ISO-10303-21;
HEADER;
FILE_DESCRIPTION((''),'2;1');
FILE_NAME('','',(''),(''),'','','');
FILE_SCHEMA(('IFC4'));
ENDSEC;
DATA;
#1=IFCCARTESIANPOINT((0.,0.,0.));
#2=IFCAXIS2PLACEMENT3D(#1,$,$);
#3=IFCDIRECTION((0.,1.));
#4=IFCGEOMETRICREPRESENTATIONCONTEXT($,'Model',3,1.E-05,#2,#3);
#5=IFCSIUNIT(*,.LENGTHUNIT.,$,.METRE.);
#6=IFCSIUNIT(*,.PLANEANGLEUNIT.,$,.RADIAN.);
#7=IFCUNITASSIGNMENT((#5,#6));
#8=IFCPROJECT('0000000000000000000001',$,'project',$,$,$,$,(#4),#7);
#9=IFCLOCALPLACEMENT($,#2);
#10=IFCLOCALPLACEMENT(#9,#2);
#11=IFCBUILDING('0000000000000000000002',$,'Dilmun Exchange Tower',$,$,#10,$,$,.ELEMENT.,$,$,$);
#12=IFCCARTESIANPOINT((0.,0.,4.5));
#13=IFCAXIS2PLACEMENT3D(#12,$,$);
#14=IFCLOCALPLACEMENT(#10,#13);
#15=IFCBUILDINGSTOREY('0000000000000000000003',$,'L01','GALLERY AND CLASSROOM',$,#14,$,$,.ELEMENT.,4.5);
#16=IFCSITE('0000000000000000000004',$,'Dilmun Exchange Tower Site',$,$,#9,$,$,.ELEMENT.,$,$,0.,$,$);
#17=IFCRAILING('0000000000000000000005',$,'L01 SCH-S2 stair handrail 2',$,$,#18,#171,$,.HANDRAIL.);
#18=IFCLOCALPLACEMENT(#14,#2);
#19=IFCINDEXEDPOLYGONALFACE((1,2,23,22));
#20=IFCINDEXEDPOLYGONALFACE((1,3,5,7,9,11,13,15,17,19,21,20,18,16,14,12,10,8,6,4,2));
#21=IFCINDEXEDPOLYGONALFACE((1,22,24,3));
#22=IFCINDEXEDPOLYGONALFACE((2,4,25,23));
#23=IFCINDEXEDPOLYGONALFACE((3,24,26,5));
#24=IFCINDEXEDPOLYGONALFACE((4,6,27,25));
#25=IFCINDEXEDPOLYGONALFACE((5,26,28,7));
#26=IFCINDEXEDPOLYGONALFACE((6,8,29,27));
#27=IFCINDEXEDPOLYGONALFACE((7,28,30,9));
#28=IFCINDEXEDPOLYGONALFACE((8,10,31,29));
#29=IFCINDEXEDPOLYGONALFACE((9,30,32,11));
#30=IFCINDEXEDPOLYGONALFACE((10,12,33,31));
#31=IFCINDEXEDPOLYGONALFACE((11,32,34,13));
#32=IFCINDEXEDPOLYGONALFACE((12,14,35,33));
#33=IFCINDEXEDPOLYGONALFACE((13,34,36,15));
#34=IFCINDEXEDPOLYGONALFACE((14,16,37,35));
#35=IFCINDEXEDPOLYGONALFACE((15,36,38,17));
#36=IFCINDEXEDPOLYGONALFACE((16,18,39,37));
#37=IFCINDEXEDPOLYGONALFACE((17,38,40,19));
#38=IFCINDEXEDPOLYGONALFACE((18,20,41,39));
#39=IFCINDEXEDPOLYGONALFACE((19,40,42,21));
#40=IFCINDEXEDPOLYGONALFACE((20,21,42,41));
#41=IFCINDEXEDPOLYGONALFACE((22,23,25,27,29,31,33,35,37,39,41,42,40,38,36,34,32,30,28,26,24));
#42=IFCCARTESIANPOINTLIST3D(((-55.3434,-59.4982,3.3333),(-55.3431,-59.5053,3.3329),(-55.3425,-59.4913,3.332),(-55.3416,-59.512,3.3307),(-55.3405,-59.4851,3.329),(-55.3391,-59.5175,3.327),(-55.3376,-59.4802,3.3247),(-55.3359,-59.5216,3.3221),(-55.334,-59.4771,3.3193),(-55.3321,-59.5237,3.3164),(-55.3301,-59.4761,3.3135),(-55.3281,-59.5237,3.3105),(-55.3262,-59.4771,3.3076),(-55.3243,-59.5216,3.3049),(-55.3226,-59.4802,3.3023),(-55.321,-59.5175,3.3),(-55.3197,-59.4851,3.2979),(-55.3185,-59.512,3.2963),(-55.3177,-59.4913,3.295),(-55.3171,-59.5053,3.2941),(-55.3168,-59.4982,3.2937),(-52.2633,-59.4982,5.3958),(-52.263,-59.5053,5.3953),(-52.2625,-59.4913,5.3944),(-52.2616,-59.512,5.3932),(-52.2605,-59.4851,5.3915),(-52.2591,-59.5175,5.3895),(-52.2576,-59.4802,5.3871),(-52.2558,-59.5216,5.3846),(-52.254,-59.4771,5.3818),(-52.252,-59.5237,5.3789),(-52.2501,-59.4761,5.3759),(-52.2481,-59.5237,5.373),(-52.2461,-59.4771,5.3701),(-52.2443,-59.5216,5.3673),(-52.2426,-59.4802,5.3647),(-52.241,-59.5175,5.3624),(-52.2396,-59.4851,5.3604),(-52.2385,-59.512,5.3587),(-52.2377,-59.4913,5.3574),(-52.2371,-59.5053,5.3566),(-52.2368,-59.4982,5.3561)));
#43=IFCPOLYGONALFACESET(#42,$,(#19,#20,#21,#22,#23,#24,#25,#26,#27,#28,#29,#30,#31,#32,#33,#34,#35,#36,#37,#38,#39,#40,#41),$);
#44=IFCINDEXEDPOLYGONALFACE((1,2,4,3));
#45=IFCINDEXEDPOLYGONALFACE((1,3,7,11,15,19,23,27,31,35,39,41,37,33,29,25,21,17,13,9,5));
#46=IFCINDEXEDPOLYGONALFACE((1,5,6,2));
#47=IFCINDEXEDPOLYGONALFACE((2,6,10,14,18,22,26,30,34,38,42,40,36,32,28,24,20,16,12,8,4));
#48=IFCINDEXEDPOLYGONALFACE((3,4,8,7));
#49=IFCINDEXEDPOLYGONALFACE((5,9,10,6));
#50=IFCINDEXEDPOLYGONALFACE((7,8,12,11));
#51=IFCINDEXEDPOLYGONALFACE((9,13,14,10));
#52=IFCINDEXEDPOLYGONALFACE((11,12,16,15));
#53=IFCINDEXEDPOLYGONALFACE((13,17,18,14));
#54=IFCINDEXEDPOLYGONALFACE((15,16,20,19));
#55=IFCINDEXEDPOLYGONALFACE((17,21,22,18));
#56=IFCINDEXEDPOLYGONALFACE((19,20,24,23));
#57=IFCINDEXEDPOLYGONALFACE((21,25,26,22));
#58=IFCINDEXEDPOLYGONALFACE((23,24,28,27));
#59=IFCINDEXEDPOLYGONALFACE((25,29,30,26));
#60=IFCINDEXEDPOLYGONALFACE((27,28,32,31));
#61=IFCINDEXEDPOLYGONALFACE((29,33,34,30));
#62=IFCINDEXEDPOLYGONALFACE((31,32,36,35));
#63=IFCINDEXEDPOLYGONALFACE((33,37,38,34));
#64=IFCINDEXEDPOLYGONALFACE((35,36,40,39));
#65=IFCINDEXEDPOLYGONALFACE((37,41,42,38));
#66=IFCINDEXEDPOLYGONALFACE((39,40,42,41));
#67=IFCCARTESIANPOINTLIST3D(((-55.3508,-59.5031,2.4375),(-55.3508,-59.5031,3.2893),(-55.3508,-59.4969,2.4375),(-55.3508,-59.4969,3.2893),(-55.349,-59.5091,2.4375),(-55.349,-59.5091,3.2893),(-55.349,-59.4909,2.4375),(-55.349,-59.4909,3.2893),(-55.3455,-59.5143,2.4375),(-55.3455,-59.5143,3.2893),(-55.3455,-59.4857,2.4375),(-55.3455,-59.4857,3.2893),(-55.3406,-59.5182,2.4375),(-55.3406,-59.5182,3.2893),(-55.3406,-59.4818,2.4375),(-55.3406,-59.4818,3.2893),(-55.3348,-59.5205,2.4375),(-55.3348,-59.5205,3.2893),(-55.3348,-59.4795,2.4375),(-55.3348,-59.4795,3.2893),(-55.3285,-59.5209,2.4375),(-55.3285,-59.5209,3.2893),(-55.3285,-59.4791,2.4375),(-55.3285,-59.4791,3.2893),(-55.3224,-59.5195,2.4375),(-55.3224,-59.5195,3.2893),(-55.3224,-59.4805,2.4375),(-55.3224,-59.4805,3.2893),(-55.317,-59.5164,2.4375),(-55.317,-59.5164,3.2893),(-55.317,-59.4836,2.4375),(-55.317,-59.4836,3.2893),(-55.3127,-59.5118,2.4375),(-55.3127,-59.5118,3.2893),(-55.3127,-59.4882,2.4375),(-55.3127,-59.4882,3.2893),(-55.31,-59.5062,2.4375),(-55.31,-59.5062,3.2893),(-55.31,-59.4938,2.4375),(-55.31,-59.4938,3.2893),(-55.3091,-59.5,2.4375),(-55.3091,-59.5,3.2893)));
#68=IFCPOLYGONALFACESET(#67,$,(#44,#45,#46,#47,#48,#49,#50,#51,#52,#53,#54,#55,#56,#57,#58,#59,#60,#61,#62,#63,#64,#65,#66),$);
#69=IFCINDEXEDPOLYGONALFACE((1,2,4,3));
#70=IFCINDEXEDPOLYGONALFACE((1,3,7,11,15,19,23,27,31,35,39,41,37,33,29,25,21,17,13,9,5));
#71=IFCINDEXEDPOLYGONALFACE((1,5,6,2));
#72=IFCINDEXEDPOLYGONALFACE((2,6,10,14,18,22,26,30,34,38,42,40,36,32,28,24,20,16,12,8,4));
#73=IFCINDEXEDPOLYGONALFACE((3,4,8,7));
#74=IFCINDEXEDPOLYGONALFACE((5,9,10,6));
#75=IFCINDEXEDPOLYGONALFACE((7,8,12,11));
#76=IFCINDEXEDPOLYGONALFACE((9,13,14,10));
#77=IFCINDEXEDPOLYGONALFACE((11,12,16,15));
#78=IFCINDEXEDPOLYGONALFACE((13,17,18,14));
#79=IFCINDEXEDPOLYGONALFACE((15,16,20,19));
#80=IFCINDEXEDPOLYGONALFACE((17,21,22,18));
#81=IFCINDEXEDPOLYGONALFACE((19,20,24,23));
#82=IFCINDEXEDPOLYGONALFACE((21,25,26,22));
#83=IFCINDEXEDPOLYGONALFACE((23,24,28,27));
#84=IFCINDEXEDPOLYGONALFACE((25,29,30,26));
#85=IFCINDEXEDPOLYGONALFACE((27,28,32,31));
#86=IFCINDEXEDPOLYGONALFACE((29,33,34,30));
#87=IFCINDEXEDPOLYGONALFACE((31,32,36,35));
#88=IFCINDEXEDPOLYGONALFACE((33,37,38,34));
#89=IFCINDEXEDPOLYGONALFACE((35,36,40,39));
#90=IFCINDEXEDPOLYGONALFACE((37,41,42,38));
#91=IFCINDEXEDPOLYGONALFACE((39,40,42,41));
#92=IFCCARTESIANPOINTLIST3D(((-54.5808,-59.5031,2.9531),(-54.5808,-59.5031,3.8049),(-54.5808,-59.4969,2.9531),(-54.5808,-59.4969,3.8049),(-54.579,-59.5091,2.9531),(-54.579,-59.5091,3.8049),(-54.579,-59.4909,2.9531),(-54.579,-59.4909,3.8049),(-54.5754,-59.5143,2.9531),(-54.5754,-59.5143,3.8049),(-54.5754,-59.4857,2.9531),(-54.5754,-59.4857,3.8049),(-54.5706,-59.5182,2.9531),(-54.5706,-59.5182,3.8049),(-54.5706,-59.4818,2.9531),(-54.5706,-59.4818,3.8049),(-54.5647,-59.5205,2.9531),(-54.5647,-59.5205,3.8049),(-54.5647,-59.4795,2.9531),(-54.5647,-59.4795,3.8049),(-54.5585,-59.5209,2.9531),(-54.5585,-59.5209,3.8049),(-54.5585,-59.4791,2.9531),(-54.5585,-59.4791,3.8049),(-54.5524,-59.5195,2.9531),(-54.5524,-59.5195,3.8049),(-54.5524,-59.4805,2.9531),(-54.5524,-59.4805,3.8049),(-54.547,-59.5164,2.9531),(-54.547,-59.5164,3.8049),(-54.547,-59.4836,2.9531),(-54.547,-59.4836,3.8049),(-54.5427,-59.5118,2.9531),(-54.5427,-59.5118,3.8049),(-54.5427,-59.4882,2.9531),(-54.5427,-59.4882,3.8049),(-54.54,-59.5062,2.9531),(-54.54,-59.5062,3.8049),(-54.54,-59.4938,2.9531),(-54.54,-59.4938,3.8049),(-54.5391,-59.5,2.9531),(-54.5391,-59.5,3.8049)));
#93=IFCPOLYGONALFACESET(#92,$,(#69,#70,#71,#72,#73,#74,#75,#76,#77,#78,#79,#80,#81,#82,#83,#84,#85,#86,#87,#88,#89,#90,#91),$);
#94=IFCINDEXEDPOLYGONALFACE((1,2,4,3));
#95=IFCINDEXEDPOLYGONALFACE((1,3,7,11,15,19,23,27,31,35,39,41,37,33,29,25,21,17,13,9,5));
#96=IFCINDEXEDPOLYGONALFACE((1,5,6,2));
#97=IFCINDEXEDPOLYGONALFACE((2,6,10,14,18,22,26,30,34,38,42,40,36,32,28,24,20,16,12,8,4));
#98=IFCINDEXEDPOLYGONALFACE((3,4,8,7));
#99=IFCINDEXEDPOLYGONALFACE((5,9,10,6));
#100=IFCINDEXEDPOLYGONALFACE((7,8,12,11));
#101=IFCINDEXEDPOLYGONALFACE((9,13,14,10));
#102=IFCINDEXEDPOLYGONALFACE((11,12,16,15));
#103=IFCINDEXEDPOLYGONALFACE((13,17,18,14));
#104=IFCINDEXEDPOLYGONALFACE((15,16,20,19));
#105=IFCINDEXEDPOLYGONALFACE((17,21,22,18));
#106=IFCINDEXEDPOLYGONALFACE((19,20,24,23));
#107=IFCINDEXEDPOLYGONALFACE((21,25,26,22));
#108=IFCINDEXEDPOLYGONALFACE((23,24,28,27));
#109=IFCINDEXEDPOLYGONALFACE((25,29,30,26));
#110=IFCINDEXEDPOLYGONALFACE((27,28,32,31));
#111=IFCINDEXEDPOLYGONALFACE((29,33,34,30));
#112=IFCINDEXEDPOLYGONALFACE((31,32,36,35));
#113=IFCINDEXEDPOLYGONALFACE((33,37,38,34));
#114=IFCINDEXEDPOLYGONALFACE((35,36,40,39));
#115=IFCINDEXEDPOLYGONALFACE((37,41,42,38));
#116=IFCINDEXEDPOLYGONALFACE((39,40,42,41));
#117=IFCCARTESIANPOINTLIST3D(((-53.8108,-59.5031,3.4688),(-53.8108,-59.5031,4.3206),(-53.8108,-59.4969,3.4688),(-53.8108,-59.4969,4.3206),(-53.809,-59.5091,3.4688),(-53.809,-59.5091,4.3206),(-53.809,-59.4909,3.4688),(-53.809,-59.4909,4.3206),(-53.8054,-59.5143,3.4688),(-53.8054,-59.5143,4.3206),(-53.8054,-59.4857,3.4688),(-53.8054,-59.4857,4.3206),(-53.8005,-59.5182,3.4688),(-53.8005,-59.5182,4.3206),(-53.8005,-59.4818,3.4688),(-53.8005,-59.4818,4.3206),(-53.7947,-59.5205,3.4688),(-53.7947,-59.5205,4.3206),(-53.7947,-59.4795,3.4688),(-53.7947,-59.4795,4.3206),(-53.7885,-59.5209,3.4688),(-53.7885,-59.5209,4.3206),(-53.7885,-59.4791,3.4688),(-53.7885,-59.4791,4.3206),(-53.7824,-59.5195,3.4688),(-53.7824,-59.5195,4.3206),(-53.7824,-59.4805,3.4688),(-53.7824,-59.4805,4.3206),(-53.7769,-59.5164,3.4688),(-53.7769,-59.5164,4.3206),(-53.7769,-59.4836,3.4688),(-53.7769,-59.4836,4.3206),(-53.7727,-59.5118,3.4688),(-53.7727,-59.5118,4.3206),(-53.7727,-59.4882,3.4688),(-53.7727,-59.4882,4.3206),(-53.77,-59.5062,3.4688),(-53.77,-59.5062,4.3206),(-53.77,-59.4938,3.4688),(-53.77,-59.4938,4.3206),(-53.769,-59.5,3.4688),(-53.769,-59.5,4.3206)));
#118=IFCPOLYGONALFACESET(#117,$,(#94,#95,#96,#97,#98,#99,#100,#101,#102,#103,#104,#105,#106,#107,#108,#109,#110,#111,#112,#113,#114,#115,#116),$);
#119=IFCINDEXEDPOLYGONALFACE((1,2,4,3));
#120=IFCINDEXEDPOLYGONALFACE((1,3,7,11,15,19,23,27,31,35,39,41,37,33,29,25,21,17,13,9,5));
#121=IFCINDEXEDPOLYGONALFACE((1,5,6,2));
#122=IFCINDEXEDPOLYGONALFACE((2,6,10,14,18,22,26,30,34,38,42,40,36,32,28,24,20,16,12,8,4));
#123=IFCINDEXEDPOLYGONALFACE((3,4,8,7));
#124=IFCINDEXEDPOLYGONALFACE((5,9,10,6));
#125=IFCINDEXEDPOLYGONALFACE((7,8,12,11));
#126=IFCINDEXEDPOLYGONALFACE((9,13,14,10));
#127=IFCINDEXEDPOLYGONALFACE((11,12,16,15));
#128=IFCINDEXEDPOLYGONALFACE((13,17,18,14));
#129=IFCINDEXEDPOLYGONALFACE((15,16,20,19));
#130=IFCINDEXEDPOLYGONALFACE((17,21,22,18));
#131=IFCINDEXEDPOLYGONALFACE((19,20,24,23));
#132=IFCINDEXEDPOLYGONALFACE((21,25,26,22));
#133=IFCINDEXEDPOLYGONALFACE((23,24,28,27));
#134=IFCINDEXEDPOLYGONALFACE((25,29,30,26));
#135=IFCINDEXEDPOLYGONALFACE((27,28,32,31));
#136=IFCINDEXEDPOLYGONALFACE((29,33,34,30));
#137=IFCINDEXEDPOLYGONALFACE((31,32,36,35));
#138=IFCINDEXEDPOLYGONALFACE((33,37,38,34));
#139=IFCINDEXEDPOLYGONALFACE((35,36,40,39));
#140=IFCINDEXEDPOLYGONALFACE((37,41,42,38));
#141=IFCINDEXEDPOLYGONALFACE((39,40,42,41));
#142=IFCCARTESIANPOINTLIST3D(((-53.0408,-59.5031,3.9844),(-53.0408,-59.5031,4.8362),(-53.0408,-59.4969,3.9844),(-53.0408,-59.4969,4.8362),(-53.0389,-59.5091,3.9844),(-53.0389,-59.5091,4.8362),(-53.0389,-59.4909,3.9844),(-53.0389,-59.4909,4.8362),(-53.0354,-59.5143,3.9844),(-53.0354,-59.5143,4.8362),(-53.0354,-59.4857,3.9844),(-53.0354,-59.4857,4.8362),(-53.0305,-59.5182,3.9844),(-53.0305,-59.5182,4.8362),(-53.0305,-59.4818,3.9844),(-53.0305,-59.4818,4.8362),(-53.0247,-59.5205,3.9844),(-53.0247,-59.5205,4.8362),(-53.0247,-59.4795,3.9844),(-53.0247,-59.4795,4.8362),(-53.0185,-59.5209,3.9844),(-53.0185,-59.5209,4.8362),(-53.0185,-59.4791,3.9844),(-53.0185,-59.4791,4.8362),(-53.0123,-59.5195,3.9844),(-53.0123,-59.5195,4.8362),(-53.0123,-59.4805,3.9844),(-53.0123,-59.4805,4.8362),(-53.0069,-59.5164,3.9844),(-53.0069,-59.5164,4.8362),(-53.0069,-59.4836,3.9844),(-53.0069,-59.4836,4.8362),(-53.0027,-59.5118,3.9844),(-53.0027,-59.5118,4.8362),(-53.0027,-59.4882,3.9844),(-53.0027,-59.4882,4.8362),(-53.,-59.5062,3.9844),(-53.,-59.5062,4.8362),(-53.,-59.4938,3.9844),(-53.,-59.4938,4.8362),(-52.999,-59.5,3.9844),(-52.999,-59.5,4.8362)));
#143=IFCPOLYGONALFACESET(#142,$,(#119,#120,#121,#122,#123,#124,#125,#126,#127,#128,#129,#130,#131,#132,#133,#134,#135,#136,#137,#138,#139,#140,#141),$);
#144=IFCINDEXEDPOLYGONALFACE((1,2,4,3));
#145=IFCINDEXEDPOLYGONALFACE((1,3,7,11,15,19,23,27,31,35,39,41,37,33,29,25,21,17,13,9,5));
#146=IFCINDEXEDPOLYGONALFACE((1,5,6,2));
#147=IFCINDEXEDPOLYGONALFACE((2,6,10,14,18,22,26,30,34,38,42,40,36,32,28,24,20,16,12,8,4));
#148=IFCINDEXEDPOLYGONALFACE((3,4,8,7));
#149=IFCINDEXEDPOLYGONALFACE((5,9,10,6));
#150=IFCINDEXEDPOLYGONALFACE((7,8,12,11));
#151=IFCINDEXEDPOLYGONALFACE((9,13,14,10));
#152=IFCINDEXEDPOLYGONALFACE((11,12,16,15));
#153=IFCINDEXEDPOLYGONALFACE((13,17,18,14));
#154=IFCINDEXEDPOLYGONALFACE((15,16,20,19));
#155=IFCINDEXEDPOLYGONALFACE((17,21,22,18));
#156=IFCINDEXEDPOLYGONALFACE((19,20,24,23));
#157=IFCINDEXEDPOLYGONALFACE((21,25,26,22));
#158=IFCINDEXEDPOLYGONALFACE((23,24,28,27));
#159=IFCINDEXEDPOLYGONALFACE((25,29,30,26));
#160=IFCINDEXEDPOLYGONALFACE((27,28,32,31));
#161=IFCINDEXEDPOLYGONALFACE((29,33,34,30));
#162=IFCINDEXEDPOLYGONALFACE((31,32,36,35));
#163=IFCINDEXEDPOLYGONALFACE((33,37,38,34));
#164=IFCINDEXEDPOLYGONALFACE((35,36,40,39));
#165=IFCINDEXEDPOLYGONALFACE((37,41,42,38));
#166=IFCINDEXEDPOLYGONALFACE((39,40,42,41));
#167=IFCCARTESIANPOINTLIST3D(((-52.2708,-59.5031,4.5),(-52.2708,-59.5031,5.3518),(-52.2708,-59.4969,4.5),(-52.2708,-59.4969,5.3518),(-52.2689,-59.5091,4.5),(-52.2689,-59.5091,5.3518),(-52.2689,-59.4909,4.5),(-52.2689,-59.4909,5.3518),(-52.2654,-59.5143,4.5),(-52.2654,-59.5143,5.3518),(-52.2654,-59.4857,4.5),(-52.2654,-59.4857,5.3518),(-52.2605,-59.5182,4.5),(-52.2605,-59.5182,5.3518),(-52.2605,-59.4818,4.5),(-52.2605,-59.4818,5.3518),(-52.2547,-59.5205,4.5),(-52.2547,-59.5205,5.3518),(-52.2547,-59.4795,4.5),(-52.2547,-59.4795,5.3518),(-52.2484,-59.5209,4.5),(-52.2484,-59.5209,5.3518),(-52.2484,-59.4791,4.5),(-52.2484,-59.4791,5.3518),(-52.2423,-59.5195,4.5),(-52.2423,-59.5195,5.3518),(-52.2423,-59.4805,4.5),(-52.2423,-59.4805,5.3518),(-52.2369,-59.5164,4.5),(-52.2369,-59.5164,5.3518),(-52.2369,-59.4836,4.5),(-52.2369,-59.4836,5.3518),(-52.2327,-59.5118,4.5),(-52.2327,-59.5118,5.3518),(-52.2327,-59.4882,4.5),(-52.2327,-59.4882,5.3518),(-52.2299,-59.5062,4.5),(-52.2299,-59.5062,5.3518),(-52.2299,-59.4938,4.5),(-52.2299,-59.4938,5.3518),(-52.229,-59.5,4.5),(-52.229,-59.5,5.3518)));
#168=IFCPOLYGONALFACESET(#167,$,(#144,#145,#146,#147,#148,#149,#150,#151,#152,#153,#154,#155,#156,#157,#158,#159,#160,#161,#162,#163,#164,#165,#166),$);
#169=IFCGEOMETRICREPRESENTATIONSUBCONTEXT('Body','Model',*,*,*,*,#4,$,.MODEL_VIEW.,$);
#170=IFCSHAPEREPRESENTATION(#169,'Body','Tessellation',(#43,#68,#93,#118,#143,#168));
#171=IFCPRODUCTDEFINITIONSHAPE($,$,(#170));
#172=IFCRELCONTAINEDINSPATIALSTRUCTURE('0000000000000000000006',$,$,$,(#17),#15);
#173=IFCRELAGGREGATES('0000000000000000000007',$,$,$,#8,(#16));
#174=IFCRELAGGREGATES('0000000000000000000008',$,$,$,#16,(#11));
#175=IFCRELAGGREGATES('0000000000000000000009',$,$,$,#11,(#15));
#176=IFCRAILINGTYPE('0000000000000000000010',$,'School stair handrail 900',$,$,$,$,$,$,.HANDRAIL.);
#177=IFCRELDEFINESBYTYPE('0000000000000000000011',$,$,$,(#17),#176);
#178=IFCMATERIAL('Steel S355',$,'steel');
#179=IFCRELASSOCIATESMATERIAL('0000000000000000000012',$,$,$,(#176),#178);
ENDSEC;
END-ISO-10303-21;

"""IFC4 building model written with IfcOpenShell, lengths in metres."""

from ifc_helpers import new_model, si_unit, direction, frame, origin, origin_2d, place, context, subcontext, project, spatial, circle, extrude, material, type_object, element, save


model = new_model("IFC4")

# Units and contexts
model_context = context("Model", 3, precision=1e-05, world=origin(), true_north=direction((0.0, 1.0)))
body_context = subcontext(model_context, "Body", "Model", "MODEL_VIEW")
ifc_project = project(units=[si_unit("LENGTHUNIT", "METRE"), si_unit("PLANEANGLEUNIT", "RADIAN")], contexts=[model_context])

# Site, building, storey
site_placement = place(None, origin())
site = spatial("IfcSite", under=ifc_project, at=site_placement, Name="Dilmun Exchange Tower Site", CompositionType="ELEMENT", RefElevation=0.0)
building_placement = place(site_placement, origin())
building = spatial("IfcBuilding", under=site, at=building_placement, Name="Dilmun Exchange Tower", CompositionType="ELEMENT")
storey_placement = place(building_placement, frame((0.0, 0.0, 4.5)))
storey = spatial("IfcBuildingStorey", under=building, at=storey_placement, Name="L01", Description="GALLERY AND CLASSROOM", CompositionType="ELEMENT", Elevation=4.5)

# Railing
ifc_material_1 = material(Name="Steel S355", Category="steel")
railing_type_1 = type_object("IfcRailingType", Name="School stair handrail 900", PredefinedType="HANDRAIL", material=ifc_material_1)
railing_1_placement = place(storey_placement, frame((-55.3301, -59.5, 2.4375)))
element("IfcRailing", 1, at=railing_1_placement, inside=storey, type_object=railing_type_1, Name="L01 SCH-S2 stair handrail 2", PredefinedType="HANDRAIL", context=body_context, shape_type="SweptSolid", body=[
    extrude(circle(Radius=0.0239, at=origin_2d()), frame((0.0, 0.0, 0.876), z_axis=(0.830914, 0.0, 0.556401), x_axis=(0.0, 1.0, 0.0)), (0.0, 0.0, 1.0), 3.7068),
    extrude(circle(Radius=0.021, at=origin_2d()), origin(), (0.0, 0.0, 1.0), 0.8518),
    extrude(circle(Radius=0.021, at=origin_2d()), frame((0.77, 0.0, 0.5156)), (0.0, 0.0, 1.0), 0.8518),
    extrude(circle(Radius=0.021, at=origin_2d()), frame((1.54, 0.0, 1.0312)), (0.0, 0.0, 1.0), 0.8518),
    extrude(circle(Radius=0.021, at=origin_2d()), frame((2.3101, 0.0, 1.5469)), (0.0, 0.0, 1.0), 0.8518),
    extrude(circle(Radius=0.021, at=origin_2d()), frame((3.0801, 0.0, 2.0625)), (0.0, 0.0, 1.0), 0.8518),
])

save(model, "model.ifc")
